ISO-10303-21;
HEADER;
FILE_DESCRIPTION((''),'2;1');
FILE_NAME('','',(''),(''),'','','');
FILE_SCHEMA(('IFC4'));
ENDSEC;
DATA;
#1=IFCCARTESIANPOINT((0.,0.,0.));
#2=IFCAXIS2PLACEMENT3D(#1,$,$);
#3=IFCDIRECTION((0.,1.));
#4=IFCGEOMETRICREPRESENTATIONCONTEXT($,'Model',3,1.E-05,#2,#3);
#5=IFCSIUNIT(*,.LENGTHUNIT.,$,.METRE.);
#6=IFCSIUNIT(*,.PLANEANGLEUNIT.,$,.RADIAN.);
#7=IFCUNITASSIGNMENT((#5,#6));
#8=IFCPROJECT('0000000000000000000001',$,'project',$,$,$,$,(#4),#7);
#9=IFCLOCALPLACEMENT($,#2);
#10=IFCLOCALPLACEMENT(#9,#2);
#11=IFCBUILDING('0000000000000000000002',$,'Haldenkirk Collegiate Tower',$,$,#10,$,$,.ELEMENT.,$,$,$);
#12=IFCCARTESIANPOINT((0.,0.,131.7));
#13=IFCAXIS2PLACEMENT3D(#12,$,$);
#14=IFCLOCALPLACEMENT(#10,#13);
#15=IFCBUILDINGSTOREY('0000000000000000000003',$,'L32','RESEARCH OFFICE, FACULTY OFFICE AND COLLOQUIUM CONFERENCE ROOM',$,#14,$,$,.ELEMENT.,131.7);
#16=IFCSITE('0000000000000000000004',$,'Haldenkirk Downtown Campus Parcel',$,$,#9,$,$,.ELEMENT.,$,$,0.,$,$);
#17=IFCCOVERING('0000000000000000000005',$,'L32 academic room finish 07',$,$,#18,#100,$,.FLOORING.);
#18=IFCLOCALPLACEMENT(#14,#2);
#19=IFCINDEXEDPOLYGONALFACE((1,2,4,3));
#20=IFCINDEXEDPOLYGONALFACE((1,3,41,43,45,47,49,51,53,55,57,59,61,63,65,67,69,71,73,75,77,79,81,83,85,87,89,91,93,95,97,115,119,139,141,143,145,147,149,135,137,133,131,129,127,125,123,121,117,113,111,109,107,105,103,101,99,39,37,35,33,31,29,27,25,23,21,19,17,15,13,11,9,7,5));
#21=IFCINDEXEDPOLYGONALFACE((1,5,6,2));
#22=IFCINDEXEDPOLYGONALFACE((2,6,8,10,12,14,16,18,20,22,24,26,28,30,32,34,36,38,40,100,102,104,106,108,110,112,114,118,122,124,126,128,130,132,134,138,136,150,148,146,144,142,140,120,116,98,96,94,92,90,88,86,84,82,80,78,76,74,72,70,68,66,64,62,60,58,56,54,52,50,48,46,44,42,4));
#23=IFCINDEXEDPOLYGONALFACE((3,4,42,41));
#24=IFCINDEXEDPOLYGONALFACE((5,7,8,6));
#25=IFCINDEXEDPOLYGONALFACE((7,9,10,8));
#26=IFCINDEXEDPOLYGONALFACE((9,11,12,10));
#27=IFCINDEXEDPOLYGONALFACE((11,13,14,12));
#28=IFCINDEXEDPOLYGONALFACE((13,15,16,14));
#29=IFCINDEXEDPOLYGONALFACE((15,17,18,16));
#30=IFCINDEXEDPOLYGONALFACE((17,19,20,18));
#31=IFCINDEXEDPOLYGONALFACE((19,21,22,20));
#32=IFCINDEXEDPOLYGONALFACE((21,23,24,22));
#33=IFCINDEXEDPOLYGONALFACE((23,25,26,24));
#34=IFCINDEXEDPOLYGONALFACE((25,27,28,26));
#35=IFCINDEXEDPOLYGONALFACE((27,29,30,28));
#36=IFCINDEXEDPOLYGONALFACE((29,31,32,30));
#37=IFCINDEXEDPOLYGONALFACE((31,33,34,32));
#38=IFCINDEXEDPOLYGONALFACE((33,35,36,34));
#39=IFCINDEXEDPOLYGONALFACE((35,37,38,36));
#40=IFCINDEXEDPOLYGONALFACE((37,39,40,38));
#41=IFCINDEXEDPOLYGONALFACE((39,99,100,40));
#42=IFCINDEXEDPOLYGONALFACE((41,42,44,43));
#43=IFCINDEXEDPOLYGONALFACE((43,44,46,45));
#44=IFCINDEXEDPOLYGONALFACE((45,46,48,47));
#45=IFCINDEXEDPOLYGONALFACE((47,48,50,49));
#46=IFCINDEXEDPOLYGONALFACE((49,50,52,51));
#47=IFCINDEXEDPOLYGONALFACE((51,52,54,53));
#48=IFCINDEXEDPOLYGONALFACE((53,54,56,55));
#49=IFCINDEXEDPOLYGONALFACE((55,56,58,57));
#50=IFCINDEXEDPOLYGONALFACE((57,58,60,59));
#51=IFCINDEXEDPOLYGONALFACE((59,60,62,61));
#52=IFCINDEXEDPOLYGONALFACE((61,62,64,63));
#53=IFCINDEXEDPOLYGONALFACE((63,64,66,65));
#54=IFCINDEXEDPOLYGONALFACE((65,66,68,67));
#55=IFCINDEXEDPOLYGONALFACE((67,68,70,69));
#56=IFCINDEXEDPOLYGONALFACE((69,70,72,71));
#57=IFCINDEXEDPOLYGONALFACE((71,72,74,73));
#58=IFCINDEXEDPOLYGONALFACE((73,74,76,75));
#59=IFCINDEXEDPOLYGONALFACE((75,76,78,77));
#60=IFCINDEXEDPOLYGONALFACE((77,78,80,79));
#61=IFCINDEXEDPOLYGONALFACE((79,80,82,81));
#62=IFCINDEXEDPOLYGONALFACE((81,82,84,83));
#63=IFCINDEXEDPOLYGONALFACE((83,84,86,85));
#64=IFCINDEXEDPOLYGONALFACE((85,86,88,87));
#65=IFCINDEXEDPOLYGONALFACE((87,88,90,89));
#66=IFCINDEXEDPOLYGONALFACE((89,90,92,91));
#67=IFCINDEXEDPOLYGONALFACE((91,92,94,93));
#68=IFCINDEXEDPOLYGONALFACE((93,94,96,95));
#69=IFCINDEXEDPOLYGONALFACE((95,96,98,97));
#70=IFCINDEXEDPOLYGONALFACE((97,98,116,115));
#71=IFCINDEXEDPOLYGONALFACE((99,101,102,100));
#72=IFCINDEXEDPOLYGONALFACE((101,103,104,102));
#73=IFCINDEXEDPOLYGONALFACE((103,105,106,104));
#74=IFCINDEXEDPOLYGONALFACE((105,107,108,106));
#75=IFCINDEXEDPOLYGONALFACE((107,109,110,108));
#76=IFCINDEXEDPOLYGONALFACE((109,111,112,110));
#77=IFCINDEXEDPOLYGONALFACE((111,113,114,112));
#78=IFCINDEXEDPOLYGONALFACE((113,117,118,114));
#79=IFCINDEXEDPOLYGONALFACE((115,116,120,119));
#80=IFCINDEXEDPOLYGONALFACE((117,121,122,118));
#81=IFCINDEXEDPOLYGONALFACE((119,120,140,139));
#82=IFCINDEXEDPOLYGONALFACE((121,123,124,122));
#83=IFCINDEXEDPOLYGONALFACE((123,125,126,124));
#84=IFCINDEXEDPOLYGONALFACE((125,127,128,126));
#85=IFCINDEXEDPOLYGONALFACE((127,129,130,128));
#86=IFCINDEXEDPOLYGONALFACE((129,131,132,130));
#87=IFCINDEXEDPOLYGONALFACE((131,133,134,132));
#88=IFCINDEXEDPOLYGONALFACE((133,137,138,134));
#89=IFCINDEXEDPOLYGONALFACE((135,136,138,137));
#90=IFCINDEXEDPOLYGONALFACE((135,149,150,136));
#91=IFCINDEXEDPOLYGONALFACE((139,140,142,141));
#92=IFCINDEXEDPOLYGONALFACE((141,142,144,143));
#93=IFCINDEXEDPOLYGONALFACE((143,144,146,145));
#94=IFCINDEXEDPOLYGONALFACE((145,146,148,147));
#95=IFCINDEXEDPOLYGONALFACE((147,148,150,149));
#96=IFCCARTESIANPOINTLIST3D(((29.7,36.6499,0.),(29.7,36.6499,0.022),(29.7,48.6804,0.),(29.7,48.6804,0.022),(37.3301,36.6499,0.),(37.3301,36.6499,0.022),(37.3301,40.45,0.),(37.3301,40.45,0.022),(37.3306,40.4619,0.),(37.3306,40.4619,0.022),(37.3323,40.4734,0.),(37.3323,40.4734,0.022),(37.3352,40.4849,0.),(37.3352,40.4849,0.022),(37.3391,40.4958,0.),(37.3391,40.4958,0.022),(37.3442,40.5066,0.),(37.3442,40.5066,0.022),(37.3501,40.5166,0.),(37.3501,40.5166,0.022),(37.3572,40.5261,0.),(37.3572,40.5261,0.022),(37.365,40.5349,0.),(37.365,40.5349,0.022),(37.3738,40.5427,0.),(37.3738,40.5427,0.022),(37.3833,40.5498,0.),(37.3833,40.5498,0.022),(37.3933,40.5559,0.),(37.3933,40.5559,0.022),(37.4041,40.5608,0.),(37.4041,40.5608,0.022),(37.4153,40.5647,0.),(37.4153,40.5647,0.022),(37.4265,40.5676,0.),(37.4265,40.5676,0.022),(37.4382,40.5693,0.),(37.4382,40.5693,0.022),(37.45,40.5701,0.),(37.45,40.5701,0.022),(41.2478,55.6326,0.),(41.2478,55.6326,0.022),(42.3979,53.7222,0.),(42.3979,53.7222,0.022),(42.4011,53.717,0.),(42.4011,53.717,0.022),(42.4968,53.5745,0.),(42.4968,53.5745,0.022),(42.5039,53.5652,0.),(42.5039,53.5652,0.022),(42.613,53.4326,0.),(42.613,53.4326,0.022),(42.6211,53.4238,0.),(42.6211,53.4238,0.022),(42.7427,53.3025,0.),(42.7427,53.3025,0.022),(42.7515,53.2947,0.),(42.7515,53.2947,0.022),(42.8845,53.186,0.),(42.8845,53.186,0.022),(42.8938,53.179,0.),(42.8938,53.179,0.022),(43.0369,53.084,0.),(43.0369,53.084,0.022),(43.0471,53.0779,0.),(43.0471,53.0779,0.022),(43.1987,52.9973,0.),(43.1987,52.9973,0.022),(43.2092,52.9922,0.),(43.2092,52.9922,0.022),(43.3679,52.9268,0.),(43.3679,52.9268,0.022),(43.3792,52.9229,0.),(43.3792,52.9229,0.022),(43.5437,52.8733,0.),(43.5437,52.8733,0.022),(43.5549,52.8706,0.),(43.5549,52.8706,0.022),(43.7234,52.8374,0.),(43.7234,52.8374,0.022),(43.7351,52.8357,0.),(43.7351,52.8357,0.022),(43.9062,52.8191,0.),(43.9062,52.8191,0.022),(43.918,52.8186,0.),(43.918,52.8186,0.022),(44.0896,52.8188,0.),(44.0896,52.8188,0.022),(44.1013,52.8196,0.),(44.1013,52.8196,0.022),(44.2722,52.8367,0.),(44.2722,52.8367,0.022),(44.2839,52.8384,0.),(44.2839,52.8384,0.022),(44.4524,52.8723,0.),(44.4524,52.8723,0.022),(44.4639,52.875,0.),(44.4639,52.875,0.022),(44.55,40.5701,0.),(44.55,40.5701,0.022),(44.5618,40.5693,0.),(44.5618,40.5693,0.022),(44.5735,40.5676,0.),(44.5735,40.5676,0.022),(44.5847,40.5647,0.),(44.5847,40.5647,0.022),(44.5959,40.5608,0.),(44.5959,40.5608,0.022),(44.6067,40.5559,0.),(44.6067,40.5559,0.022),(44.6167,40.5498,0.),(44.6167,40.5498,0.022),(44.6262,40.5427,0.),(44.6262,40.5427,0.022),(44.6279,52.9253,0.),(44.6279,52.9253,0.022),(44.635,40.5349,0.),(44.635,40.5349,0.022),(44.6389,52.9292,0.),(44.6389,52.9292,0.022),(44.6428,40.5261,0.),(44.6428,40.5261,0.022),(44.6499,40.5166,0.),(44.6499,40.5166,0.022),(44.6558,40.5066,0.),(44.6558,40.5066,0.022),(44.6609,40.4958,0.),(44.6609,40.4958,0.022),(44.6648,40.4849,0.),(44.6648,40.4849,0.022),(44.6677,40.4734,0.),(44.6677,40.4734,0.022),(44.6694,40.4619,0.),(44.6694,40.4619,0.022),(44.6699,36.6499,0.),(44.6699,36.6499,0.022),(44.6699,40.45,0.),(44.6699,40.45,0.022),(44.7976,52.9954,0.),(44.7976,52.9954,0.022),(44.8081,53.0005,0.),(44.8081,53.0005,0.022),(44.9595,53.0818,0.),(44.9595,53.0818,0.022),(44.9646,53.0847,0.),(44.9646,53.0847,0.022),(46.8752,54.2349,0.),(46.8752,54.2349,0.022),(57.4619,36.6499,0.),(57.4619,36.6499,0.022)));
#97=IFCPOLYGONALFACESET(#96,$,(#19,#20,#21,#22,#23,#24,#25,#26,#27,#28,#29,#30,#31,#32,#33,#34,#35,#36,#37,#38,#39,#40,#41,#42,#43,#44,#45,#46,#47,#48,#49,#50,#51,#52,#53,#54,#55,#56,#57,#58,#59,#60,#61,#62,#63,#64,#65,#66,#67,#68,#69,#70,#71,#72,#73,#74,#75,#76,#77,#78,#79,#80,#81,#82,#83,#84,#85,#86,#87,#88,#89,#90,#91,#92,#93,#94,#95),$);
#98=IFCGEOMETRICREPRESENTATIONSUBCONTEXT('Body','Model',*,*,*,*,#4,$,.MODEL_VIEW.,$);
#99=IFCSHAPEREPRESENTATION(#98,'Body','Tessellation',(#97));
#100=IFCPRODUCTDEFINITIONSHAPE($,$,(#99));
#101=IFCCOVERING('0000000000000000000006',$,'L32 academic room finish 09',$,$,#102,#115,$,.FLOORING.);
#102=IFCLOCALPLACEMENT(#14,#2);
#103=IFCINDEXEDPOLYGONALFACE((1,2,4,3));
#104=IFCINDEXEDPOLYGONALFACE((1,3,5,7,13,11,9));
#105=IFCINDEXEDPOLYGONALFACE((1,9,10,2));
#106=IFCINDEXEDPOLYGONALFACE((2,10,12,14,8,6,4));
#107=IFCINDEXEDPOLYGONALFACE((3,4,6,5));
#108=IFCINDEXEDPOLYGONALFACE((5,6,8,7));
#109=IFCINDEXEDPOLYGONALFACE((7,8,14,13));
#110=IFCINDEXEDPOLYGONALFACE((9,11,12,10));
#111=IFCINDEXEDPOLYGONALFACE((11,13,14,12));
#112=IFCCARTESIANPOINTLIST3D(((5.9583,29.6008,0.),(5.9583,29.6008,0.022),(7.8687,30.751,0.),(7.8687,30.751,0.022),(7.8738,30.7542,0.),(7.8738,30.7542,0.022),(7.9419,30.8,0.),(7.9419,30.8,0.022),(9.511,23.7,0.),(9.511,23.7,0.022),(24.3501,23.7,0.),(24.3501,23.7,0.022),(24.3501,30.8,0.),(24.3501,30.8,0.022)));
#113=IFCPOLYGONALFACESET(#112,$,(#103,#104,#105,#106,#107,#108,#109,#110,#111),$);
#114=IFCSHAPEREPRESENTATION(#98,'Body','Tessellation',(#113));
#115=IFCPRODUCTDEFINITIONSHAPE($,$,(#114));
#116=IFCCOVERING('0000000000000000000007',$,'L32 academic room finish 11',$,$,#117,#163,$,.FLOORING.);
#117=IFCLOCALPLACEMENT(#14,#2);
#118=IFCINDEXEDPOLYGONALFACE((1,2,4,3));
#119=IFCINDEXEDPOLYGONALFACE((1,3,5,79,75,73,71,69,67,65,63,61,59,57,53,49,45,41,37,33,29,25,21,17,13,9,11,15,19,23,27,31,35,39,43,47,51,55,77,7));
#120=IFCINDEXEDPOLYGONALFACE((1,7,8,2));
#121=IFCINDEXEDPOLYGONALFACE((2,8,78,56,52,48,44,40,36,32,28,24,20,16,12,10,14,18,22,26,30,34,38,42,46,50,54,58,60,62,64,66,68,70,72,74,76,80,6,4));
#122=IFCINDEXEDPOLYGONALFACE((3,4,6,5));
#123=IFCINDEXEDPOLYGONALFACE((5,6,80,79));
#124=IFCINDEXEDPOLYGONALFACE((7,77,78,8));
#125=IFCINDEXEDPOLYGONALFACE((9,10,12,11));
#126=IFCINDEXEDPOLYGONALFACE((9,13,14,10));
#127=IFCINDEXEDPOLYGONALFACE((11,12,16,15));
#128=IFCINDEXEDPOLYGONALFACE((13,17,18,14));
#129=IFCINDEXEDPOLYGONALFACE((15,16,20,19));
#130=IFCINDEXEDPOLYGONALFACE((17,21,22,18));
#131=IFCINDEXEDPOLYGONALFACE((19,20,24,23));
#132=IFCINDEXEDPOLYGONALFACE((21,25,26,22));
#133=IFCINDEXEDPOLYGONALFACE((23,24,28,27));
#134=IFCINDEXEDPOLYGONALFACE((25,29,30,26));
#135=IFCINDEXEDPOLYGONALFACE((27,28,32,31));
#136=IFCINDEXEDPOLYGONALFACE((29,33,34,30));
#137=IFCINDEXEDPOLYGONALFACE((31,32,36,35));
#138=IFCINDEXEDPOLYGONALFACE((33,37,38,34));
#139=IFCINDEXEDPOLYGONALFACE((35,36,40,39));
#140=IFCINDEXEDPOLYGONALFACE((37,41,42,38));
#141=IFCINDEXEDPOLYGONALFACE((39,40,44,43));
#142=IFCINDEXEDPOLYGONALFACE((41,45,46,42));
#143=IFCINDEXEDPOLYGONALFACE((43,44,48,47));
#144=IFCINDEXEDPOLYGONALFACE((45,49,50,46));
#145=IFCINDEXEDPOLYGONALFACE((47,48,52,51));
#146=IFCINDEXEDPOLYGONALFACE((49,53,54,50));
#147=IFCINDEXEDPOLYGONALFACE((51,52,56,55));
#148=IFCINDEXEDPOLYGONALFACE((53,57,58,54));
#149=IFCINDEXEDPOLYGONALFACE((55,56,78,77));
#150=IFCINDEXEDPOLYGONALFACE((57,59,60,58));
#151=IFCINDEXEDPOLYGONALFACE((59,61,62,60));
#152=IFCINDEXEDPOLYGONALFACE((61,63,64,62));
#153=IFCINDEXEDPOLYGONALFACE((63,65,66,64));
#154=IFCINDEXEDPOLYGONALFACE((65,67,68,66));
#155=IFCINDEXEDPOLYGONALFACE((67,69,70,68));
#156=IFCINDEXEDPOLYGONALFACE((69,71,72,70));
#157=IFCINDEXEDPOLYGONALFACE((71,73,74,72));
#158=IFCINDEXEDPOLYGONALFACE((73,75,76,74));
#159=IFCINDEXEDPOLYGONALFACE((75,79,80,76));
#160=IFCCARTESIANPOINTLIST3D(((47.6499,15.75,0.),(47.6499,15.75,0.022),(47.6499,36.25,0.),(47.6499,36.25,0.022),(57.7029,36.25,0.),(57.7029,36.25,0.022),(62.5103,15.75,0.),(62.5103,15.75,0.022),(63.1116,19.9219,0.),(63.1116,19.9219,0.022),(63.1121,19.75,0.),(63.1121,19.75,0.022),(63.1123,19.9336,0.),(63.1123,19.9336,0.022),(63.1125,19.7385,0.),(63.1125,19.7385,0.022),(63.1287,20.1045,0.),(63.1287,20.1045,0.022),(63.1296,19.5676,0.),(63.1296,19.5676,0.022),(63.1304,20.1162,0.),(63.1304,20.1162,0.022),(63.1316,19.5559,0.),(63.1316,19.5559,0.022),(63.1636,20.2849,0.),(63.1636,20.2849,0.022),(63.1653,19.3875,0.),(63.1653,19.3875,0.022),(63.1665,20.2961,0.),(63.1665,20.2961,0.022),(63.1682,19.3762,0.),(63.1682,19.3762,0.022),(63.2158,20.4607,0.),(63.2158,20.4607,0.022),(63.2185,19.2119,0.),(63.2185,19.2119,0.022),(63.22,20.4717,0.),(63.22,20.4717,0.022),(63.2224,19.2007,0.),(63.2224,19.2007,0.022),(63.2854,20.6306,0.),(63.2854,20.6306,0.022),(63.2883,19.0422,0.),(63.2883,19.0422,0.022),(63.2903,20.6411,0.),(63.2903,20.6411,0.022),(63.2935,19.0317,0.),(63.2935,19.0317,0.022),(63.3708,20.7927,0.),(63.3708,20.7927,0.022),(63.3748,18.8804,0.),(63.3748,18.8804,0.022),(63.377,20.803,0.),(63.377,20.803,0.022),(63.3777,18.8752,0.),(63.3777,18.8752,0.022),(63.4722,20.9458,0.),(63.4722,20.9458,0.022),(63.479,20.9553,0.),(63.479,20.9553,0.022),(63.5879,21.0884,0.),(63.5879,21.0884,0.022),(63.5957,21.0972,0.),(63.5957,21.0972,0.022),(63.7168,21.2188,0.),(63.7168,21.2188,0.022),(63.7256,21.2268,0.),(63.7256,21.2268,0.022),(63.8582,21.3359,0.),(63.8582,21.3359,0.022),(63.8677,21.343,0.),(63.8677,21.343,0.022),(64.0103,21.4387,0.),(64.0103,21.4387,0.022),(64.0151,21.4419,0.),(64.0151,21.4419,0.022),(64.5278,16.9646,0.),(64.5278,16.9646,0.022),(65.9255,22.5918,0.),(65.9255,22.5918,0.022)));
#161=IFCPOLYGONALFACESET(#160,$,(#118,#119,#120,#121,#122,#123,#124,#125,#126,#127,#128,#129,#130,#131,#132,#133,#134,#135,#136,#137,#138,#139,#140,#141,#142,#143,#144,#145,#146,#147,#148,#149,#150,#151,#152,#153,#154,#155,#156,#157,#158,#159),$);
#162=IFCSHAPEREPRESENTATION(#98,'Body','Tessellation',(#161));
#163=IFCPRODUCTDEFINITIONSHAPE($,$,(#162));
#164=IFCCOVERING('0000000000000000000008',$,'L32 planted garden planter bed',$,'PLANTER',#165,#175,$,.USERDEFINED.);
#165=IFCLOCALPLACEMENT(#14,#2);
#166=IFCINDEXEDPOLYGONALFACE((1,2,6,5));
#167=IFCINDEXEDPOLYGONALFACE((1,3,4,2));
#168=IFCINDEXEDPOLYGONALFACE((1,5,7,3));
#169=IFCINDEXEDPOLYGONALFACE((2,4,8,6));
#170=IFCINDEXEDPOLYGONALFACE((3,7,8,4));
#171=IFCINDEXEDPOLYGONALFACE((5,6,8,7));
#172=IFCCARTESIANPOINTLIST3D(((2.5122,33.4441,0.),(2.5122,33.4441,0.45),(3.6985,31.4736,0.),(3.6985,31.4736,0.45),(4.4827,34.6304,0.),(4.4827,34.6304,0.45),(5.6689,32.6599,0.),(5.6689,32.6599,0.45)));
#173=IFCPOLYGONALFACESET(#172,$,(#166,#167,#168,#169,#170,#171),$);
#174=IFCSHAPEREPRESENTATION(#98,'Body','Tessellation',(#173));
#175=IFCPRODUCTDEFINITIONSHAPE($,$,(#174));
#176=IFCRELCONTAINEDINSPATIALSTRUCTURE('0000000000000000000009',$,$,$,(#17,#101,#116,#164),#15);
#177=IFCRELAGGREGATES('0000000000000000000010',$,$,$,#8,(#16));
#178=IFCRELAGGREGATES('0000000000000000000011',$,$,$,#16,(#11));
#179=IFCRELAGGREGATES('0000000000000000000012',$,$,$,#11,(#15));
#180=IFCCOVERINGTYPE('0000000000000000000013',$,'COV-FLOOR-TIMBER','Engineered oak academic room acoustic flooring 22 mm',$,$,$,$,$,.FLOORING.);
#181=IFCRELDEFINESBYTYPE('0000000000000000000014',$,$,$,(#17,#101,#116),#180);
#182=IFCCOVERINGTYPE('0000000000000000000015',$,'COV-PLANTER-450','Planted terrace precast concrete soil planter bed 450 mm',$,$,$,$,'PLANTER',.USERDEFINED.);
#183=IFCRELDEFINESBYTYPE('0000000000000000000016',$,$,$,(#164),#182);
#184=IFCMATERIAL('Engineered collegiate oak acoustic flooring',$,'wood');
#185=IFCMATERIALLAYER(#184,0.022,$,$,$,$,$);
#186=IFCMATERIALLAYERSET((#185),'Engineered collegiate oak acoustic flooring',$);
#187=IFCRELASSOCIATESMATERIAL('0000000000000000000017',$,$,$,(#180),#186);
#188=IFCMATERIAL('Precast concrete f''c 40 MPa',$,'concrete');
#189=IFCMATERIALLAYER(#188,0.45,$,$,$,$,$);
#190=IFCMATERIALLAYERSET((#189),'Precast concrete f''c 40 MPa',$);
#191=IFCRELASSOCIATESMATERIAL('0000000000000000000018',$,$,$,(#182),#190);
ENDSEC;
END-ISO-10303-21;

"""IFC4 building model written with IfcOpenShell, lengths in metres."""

from ifc_helpers import new_model, si_unit, direction, frame, origin, place, context, subcontext, project, spatial, polyline, outline, extrude, material, layer, layer_set, type_object, element, save


model = new_model("IFC4")

# Units and contexts
model_context = context("Model", 3, precision=1e-05, world=origin(), true_north=direction((0.0, 1.0)))
body_context = subcontext(model_context, "Body", "Model", "MODEL_VIEW")
ifc_project = project(units=[si_unit("LENGTHUNIT", "METRE"), si_unit("PLANEANGLEUNIT", "RADIAN")], contexts=[model_context])

# Site, building, storey
site_placement = place(None, origin())
site = spatial("IfcSite", under=ifc_project, at=site_placement, Name="Haldenkirk Downtown Campus Parcel", CompositionType="ELEMENT", RefElevation=0.0)
building_placement = place(site_placement, origin())
building = spatial("IfcBuilding", under=site, at=building_placement, Name="Haldenkirk Collegiate Tower", CompositionType="ELEMENT")
storey_placement = place(building_placement, frame((0.0, 0.0, 131.7)))
storey = spatial("IfcBuildingStorey", under=building, at=storey_placement, Name="L32", Description="RESEARCH OFFICE, FACULTY OFFICE AND COLLOQUIUM CONFERENCE ROOM", CompositionType="ELEMENT", Elevation=131.7)

# Coverings
ifc_material_1 = material(Name="Engineered collegiate oak acoustic flooring", Category="wood")
ifc_layer_1 = layer(ifc_material_1, 0.022)
ifc_layer_set_1 = layer_set([ifc_layer_1], Name="Engineered collegiate oak acoustic flooring")
covering_type_1 = type_object("IfcCoveringType", Name="COV-FLOOR-TIMBER", Description="Engineered oak academic room acoustic flooring 22 mm", PredefinedType="FLOORING", material=ifc_layer_set_1)
covering_1_placement = place(storey_placement, origin())
element("IfcCovering", 1, at=covering_1_placement, inside=storey, type_object=covering_type_1, Name="L32 academic room finish 07", PredefinedType="FLOORING", context=body_context, shape_type="SweptSolid", body=[
    extrude(outline(polyline([(42.3979, 53.7222), (42.4011, 53.717), (42.4968, 53.5745), (42.5039, 53.5652), (42.613, 53.4326), (42.6211, 53.4238), (42.7427, 53.3025), (42.7515, 53.2947), (42.8845, 53.186), (42.8938, 53.179), (43.0369, 53.084), (43.0471, 53.0779), (43.1987, 52.9973), (43.2092, 52.9922), (43.3679, 52.9268), (43.3792, 52.9229), (43.5437, 52.8733), (43.5549, 52.8706), (43.7234, 52.8374), (43.7351, 52.8357), (43.9062, 52.8191), (43.918, 52.8186), (44.0896, 52.8188), (44.1013, 52.8196), (44.2722, 52.8367), (44.2839, 52.8384), (44.4524, 52.8723), (44.4639, 52.875), (44.6279, 52.9253), (44.6389, 52.9292), (44.7976, 52.9954), (44.8081, 53.0005), (44.9595, 53.0818), (44.9646, 53.0847), (46.8752, 54.2349), (57.4619, 36.6499), (44.6699, 36.6499), (44.6699, 40.45), (44.6694, 40.4619), (44.6677, 40.4734), (44.6648, 40.4849), (44.6609, 40.4958), (44.6558, 40.5066), (44.6499, 40.5166), (44.6428, 40.5261), (44.635, 40.5349), (44.6262, 40.5427), (44.6167, 40.5498), (44.6067, 40.5559), (44.5959, 40.5608), (44.5847, 40.5647), (44.5735, 40.5676), (44.5618, 40.5693), (44.55, 40.5701), (37.45, 40.5701), (37.4382, 40.5693), (37.4265, 40.5676), (37.4153, 40.5647), (37.4041, 40.5608), (37.3933, 40.5559), (37.3833, 40.5498), (37.3738, 40.5427), (37.365, 40.5349), (37.3572, 40.5261), (37.3501, 40.5166), (37.3442, 40.5066), (37.3391, 40.4958), (37.3352, 40.4849), (37.3323, 40.4734), (37.3306, 40.4619), (37.3301, 40.45), (37.3301, 36.6499), (29.7, 36.6499), (29.7, 48.6804), (41.2478, 55.6326), (42.3979, 53.7222)])), origin(), (0.0, 0.0, 1.0), 0.022),
])
covering_2_placement = place(storey_placement, origin())
element("IfcCovering", 2, at=covering_2_placement, inside=storey, type_object=covering_type_1, Name="L32 academic room finish 09", PredefinedType="FLOORING", context=body_context, shape_type="SweptSolid", body=[
    extrude(outline(polyline([(7.8687, 30.751), (7.8738, 30.7542), (7.9419, 30.8), (24.3501, 30.8), (24.3501, 23.7), (9.511, 23.7), (5.9583, 29.6008), (7.8687, 30.751)])), origin(), (0.0, 0.0, 1.0), 0.022),
])
covering_3_placement = place(storey_placement, origin())
element("IfcCovering", 3, at=covering_3_placement, inside=storey, type_object=covering_type_1, Name="L32 academic room finish 11", PredefinedType="FLOORING", context=body_context, shape_type="SweptSolid", body=[
    extrude(outline(polyline([(64.0151, 21.4419), (64.0103, 21.4387), (63.8677, 21.343), (63.8582, 21.3359), (63.7256, 21.2268), (63.7168, 21.2188), (63.5957, 21.0972), (63.5879, 21.0884), (63.479, 20.9553), (63.4722, 20.9458), (63.377, 20.803), (63.3708, 20.7927), (63.2903, 20.6411), (63.2854, 20.6306), (63.22, 20.4717), (63.2158, 20.4607), (63.1665, 20.2961), (63.1636, 20.2849), (63.1304, 20.1162), (63.1287, 20.1045), (63.1123, 19.9336), (63.1116, 19.9219), (63.1121, 19.75), (63.1125, 19.7385), (63.1296, 19.5676), (63.1316, 19.5559), (63.1653, 19.3875), (63.1682, 19.3762), (63.2185, 19.2119), (63.2224, 19.2007), (63.2883, 19.0422), (63.2935, 19.0317), (63.3748, 18.8804), (63.3777, 18.8752), (64.5278, 16.9646), (62.5103, 15.75), (47.6499, 15.75), (47.6499, 36.25), (57.7029, 36.25), (65.9255, 22.5918), (64.0151, 21.4419)])), origin(), (0.0, 0.0, 1.0), 0.022),
])
ifc_material_2 = material(Name="Precast concrete f'c 40 MPa", Category="concrete")
ifc_layer_2 = layer(ifc_material_2, 0.45)
ifc_layer_set_2 = layer_set([ifc_layer_2], Name="Precast concrete f'c 40 MPa")
covering_type_2 = type_object("IfcCoveringType", Name="COV-PLANTER-450", Description="Planted terrace precast concrete soil planter bed 450 mm", ElementType="PLANTER", PredefinedType="USERDEFINED", material=ifc_layer_set_2)
covering_4_placement = place(storey_placement, origin())
element("IfcCovering", 4, at=covering_4_placement, inside=storey, type_object=covering_type_2, Name="L32 planted garden planter bed", ObjectType="PLANTER", PredefinedType="USERDEFINED", context=body_context, shape_type="SweptSolid", body=[
    extrude(outline(polyline([(3.6985, 31.4736), (2.5122, 33.4441), (4.4827, 34.6304), (5.6689, 32.6599), (3.6985, 31.4736)])), origin(), (0.0, 0.0, 1.0), 0.45),
])

save(model, "model.ifc")
